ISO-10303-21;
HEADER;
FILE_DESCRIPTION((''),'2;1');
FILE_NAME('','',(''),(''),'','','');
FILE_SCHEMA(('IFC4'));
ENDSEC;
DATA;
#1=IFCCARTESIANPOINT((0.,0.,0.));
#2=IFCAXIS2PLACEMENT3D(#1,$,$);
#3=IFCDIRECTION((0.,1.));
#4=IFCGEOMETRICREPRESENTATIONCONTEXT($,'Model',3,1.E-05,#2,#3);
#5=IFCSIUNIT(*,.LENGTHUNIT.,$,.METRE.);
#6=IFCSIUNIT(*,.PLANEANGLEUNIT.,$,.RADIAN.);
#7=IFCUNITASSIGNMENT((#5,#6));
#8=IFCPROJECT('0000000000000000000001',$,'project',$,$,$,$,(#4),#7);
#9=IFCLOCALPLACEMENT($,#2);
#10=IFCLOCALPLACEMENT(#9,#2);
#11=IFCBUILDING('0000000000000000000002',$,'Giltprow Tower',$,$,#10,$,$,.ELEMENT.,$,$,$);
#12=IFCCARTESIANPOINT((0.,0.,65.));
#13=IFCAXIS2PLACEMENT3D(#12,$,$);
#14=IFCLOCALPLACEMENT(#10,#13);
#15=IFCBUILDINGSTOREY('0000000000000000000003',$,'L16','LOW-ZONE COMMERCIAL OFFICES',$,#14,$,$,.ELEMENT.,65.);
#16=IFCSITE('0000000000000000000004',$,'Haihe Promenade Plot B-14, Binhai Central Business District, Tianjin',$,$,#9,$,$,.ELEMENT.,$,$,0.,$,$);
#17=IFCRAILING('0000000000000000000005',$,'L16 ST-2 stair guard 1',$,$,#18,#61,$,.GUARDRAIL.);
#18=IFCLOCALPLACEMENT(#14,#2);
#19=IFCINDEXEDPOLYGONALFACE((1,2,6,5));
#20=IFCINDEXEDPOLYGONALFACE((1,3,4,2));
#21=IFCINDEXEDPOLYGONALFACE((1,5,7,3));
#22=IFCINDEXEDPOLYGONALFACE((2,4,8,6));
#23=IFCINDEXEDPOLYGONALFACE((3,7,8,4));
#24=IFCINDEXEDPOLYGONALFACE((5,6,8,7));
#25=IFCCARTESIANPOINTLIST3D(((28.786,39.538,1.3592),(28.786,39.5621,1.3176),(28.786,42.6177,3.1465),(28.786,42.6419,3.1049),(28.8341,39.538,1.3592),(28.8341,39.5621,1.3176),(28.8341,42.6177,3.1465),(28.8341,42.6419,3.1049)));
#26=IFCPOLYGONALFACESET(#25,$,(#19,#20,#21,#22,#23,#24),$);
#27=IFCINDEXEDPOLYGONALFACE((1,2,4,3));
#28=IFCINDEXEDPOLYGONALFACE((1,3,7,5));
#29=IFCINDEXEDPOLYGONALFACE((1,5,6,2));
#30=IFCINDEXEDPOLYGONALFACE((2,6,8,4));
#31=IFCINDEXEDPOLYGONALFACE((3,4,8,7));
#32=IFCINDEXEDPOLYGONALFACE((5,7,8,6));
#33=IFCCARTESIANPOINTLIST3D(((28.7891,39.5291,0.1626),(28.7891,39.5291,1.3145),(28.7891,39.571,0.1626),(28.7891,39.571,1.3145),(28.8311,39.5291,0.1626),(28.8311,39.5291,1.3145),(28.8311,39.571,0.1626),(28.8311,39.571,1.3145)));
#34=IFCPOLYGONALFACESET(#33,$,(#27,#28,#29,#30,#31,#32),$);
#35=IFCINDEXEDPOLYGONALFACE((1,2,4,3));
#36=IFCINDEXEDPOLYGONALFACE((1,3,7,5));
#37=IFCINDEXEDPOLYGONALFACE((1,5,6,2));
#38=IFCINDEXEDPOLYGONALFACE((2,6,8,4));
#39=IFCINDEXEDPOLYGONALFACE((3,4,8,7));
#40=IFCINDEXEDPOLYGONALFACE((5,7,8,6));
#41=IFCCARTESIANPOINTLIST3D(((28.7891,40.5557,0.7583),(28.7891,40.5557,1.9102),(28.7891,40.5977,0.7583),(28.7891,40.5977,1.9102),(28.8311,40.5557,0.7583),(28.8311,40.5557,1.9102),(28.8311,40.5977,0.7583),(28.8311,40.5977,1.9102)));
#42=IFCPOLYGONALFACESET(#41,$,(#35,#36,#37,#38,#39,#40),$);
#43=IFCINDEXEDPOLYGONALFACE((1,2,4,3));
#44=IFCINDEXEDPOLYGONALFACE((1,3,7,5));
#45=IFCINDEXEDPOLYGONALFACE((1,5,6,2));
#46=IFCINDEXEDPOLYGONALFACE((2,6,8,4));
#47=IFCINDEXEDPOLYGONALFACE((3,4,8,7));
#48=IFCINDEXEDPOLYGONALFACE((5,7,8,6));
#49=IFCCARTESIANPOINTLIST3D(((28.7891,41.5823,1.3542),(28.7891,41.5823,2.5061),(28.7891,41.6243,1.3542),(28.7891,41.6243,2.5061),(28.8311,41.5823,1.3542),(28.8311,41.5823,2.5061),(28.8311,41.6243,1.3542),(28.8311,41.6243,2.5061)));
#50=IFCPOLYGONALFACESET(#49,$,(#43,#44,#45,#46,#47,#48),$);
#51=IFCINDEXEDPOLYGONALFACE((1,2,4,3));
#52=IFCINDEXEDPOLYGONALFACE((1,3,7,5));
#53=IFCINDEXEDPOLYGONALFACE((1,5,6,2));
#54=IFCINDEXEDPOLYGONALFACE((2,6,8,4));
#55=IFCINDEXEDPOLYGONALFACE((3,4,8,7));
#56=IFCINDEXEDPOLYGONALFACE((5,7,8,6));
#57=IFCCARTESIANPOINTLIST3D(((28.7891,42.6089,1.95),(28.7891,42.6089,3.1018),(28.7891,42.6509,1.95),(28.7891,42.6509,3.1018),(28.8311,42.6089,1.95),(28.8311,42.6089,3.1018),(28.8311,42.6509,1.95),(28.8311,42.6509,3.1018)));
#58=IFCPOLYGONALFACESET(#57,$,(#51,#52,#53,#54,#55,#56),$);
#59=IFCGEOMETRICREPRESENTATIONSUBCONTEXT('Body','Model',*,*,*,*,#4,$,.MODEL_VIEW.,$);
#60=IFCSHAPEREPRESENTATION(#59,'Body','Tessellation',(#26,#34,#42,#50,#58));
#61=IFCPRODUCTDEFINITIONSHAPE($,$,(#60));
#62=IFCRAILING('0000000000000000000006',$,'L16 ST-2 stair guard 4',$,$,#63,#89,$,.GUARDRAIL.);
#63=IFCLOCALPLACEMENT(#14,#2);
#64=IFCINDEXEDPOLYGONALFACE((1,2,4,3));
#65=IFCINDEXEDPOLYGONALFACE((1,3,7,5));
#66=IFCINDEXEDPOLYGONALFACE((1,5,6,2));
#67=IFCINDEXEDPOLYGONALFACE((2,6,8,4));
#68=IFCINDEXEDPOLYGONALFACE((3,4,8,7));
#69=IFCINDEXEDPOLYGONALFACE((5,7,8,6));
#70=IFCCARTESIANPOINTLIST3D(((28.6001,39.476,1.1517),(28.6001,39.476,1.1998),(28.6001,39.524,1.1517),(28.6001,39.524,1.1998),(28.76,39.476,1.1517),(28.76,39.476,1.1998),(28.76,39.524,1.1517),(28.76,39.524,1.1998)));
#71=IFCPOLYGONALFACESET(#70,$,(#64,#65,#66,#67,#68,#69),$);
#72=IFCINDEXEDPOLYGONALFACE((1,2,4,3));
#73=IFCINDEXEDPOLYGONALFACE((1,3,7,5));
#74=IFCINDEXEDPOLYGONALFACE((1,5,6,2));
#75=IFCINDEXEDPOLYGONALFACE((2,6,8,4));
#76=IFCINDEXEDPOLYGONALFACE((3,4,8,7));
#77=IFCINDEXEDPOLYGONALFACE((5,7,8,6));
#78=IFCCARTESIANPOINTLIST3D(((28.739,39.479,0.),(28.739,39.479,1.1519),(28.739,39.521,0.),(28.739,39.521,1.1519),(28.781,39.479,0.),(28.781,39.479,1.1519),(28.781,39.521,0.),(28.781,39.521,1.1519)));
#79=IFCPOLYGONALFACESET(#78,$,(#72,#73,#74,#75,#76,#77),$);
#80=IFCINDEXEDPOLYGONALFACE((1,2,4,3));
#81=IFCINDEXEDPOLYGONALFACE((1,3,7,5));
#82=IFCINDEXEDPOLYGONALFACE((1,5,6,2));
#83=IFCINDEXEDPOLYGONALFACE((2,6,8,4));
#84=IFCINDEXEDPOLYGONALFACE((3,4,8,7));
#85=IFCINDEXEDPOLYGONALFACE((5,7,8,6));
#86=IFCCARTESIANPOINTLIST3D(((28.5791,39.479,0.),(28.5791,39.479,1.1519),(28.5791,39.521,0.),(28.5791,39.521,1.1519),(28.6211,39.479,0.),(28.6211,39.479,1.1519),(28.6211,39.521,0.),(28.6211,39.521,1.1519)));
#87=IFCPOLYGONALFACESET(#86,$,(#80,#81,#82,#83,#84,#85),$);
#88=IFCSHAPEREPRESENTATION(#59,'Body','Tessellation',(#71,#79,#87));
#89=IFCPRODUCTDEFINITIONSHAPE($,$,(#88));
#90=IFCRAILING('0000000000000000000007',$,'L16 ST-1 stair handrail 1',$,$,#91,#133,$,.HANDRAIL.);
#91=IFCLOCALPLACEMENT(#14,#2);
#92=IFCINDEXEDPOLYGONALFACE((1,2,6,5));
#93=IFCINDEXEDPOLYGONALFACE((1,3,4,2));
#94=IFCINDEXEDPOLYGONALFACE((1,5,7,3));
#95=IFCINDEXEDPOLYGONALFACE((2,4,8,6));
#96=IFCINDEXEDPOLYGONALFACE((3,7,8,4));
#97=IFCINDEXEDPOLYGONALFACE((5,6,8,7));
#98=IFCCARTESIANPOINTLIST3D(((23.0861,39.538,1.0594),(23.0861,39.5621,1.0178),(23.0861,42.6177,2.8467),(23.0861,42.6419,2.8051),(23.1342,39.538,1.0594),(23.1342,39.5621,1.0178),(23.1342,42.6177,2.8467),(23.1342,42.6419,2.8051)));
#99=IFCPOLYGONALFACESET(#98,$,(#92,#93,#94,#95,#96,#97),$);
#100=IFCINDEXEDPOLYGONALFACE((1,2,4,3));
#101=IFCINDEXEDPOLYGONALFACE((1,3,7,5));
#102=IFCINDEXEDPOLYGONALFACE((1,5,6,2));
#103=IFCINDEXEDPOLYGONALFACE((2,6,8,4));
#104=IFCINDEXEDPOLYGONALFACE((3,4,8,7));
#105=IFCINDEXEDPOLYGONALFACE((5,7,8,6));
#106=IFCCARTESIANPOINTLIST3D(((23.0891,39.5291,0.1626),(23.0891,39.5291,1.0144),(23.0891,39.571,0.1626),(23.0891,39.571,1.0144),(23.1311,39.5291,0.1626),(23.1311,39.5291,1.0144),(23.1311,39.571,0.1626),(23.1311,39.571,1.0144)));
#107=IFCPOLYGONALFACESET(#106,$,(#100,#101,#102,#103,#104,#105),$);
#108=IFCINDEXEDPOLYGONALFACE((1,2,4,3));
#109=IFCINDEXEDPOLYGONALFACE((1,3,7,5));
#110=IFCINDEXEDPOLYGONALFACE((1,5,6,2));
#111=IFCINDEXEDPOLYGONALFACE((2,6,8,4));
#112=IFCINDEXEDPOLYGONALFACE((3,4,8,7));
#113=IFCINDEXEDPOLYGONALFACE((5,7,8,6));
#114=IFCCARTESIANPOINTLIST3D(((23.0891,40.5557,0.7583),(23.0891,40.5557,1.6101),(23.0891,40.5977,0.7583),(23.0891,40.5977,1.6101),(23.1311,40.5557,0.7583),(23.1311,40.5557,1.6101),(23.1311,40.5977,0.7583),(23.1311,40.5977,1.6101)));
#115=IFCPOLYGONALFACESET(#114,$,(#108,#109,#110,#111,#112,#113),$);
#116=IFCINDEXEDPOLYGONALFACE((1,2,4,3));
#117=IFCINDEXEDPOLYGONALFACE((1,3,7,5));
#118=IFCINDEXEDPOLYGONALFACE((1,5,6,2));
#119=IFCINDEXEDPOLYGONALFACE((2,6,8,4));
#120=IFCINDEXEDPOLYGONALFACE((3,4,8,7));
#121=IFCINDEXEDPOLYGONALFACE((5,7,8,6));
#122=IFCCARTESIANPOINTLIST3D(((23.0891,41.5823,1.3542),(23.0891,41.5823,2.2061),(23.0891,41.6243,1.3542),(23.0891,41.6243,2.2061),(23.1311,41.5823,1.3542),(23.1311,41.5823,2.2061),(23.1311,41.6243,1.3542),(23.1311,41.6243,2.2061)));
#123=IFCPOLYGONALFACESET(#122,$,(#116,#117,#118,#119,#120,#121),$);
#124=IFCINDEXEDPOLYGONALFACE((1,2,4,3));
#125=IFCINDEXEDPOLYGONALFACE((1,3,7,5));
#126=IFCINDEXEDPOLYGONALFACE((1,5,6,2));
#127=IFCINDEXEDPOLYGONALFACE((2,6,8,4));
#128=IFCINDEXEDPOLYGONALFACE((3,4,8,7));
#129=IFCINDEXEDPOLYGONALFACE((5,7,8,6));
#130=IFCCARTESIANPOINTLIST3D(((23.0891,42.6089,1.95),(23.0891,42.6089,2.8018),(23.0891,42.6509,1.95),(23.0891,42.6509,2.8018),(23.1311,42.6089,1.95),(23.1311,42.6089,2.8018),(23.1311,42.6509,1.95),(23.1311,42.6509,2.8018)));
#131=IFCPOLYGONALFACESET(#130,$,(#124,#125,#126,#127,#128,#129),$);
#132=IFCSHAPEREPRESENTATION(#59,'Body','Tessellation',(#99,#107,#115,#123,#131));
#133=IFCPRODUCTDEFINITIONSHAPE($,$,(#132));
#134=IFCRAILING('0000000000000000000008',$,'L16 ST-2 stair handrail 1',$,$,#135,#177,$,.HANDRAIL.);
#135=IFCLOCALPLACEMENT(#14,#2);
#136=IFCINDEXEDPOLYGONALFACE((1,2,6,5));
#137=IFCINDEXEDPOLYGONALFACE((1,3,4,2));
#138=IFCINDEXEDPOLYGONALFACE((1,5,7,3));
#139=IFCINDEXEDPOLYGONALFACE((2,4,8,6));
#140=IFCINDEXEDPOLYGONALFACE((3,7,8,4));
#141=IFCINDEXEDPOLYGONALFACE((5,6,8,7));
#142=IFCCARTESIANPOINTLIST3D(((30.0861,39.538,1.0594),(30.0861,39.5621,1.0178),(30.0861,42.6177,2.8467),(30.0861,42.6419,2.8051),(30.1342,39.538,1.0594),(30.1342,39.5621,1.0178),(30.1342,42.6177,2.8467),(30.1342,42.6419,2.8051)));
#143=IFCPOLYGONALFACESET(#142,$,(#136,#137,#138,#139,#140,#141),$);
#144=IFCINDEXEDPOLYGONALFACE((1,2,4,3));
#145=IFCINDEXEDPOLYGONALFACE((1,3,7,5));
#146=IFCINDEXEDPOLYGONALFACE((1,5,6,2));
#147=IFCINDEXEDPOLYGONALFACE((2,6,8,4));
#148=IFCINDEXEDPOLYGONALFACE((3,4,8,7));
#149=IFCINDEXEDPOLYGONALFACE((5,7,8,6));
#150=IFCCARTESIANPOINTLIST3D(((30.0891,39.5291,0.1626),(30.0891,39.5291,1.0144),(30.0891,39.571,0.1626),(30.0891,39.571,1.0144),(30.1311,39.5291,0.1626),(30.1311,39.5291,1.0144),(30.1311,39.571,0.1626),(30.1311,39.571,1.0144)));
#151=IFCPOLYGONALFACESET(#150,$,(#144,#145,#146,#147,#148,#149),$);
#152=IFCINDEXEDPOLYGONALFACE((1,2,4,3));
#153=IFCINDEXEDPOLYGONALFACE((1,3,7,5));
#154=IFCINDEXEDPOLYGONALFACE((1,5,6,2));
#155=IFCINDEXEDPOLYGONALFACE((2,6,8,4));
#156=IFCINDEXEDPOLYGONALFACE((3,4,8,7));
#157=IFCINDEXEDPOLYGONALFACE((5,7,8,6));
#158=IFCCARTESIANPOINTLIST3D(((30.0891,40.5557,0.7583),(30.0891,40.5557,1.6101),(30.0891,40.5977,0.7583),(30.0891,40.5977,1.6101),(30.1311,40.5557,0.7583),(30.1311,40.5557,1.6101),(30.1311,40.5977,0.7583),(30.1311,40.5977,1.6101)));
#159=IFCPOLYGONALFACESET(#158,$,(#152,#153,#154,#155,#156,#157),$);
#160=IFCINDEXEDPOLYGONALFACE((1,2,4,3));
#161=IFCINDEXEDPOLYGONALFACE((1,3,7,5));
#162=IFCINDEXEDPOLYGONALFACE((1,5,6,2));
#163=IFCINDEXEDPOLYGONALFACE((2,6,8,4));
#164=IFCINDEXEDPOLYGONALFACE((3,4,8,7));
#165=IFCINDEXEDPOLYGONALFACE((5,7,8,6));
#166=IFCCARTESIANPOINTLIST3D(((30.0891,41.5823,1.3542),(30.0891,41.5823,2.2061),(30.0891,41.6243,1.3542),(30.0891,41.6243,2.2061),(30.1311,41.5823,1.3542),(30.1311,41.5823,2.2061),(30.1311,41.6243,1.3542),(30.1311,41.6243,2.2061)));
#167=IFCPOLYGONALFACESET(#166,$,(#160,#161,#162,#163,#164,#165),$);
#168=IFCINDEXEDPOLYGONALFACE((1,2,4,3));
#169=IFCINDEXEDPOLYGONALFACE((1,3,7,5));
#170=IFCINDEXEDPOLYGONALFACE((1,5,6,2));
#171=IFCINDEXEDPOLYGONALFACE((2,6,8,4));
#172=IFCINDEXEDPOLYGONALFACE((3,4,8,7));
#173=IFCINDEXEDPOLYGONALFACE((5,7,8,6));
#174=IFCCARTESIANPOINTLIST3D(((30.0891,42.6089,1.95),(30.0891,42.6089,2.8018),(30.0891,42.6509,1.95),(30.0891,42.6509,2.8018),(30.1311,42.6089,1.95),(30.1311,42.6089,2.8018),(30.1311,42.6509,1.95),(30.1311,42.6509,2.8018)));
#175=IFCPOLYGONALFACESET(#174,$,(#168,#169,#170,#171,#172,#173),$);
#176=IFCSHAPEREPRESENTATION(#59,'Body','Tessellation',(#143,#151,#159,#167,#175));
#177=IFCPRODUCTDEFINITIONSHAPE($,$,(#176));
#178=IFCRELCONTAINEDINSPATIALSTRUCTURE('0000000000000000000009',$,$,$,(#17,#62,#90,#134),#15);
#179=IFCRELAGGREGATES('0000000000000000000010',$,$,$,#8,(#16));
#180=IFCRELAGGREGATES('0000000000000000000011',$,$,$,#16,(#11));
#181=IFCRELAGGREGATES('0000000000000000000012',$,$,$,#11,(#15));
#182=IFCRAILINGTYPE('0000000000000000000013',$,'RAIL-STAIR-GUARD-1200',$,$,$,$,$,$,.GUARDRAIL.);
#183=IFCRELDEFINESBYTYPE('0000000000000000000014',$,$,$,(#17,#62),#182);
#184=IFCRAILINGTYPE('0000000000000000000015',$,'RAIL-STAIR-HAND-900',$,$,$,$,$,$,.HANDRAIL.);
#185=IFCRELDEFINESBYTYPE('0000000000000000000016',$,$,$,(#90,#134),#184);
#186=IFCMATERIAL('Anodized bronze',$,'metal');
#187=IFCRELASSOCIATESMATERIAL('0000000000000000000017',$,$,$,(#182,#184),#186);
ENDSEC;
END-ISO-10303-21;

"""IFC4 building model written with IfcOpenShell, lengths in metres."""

from ifc_helpers import new_model, si_unit, direction, frame, origin, origin_2d, place, context, subcontext, project, spatial, rectangle, extrude, material, type_object, element, save


model = new_model("IFC4")

# Units and contexts
model_context = context("Model", 3, precision=1e-05, world=origin(), true_north=direction((0.0, 1.0)))
body_context = subcontext(model_context, "Body", "Model", "MODEL_VIEW")
ifc_project = project(units=[si_unit("LENGTHUNIT", "METRE"), si_unit("PLANEANGLEUNIT", "RADIAN")], contexts=[model_context])

# Site, building, storey
site_placement = place(None, origin())
site = spatial("IfcSite", under=ifc_project, at=site_placement, Name="Haihe Promenade Plot B-14, Binhai Central Business District, Tianjin", CompositionType="ELEMENT", RefElevation=0.0)
building_placement = place(site_placement, origin())
building = spatial("IfcBuilding", under=site, at=building_placement, Name="Giltprow Tower", CompositionType="ELEMENT")
storey_placement = place(building_placement, frame((0.0, 0.0, 65.0)))
storey = spatial("IfcBuildingStorey", under=building, at=storey_placement, Name="L16", Description="LOW-ZONE COMMERCIAL OFFICES", CompositionType="ELEMENT", Elevation=65.0)

# Railings
ifc_material_1 = material(Name="Anodized bronze", Category="metal")
railing_type_1 = type_object("IfcRailingType", Name="RAIL-STAIR-GUARD-1200", PredefinedType="GUARDRAIL", material=ifc_material_1)
railing_1_placement = place(storey_placement, frame((28.8101, 39.55, 0.1626)))
element("IfcRailing", 1, at=railing_1_placement, inside=storey, type_object=railing_type_1, Name="L16 ST-2 stair guard 1", PredefinedType="GUARDRAIL", context=body_context, shape_type="SweptSolid", body=[
    extrude(rectangle(XDim=0.0481, YDim=0.0481, at=origin_2d()), frame((0.0, 0.0, 1.1758), z_axis=(0.0, 0.864903, 0.501939), x_axis=(-1.0, 0.0, 0.0)), (0.0, 0.0, 1.0), 3.5608),
    extrude(rectangle(XDim=0.042, YDim=0.042, at=origin_2d()), origin(), (0.0, 0.0, 1.0), 1.1519),
    extrude(rectangle(XDim=0.042, YDim=0.042, at=origin_2d()), frame((0.0, 1.0266, 0.5957)), (0.0, 0.0, 1.0), 1.1519),
    extrude(rectangle(XDim=0.042, YDim=0.042, at=origin_2d()), frame((0.0, 2.0532, 1.1917)), (0.0, 0.0, 1.0), 1.1519),
    extrude(rectangle(XDim=0.042, YDim=0.042, at=origin_2d()), frame((0.0, 3.0798, 1.7874)), (0.0, 0.0, 1.0), 1.1519),
])
railing_2_placement = place(storey_placement, frame((28.76, 39.5, 0.0)))
element("IfcRailing", 2, at=railing_2_placement, inside=storey, type_object=railing_type_1, Name="L16 ST-2 stair guard 4", PredefinedType="GUARDRAIL", context=body_context, shape_type="SweptSolid", body=[
    extrude(rectangle(XDim=0.0481, YDim=0.0481, at=origin_2d()), frame((0.0, 0.0, 1.1758), z_axis=(-1.0, 0.0, 0.0), x_axis=(0.0, -1.0, 0.0)), (0.0, 0.0, 1.0), 0.1599),
    extrude(rectangle(XDim=0.042, YDim=0.042, at=origin_2d()), origin(), (0.0, 0.0, 1.0), 1.1519),
    extrude(rectangle(XDim=0.042, YDim=0.042, at=origin_2d()), frame((-0.1599, 0.0, 0.0)), (0.0, 0.0, 1.0), 1.1519),
])
railing_type_2 = type_object("IfcRailingType", Name="RAIL-STAIR-HAND-900", PredefinedType="HANDRAIL", material=ifc_material_1)
for number, where, name in (
    (3, (23.1101, 39.55, 0.1626), "L16 ST-1 stair handrail 1"),
    (4, (30.1101, 39.55, 0.1626), "L16 ST-2 stair handrail 1"),
):
    element("IfcRailing", number, at=place(storey_placement, frame(where)), inside=storey, type_object=railing_type_2, Name=name, PredefinedType="HANDRAIL", context=body_context, shape_type="SweptSolid", body=[
        extrude(rectangle(XDim=0.0481, YDim=0.0481, at=origin_2d()), frame((0.0, 0.0, 0.876), z_axis=(0.0, 0.864903, 0.501939), x_axis=(-1.0, 0.0, 0.0)), (0.0, 0.0, 1.0), 3.5608),
        extrude(rectangle(XDim=0.042, YDim=0.042, at=origin_2d()), origin(), (0.0, 0.0, 1.0), 0.8518),
        extrude(rectangle(XDim=0.042, YDim=0.042, at=origin_2d()), frame((0.0, 1.0266, 0.5957)), (0.0, 0.0, 1.0), 0.8518),
        extrude(rectangle(XDim=0.042, YDim=0.042, at=origin_2d()), frame((0.0, 2.0532, 1.1917)), (0.0, 0.0, 1.0), 0.8518),
        extrude(rectangle(XDim=0.042, YDim=0.042, at=origin_2d()), frame((0.0, 3.0798, 1.7874)), (0.0, 0.0, 1.0), 0.8518),
    ])

save(model, "model.ifc")
